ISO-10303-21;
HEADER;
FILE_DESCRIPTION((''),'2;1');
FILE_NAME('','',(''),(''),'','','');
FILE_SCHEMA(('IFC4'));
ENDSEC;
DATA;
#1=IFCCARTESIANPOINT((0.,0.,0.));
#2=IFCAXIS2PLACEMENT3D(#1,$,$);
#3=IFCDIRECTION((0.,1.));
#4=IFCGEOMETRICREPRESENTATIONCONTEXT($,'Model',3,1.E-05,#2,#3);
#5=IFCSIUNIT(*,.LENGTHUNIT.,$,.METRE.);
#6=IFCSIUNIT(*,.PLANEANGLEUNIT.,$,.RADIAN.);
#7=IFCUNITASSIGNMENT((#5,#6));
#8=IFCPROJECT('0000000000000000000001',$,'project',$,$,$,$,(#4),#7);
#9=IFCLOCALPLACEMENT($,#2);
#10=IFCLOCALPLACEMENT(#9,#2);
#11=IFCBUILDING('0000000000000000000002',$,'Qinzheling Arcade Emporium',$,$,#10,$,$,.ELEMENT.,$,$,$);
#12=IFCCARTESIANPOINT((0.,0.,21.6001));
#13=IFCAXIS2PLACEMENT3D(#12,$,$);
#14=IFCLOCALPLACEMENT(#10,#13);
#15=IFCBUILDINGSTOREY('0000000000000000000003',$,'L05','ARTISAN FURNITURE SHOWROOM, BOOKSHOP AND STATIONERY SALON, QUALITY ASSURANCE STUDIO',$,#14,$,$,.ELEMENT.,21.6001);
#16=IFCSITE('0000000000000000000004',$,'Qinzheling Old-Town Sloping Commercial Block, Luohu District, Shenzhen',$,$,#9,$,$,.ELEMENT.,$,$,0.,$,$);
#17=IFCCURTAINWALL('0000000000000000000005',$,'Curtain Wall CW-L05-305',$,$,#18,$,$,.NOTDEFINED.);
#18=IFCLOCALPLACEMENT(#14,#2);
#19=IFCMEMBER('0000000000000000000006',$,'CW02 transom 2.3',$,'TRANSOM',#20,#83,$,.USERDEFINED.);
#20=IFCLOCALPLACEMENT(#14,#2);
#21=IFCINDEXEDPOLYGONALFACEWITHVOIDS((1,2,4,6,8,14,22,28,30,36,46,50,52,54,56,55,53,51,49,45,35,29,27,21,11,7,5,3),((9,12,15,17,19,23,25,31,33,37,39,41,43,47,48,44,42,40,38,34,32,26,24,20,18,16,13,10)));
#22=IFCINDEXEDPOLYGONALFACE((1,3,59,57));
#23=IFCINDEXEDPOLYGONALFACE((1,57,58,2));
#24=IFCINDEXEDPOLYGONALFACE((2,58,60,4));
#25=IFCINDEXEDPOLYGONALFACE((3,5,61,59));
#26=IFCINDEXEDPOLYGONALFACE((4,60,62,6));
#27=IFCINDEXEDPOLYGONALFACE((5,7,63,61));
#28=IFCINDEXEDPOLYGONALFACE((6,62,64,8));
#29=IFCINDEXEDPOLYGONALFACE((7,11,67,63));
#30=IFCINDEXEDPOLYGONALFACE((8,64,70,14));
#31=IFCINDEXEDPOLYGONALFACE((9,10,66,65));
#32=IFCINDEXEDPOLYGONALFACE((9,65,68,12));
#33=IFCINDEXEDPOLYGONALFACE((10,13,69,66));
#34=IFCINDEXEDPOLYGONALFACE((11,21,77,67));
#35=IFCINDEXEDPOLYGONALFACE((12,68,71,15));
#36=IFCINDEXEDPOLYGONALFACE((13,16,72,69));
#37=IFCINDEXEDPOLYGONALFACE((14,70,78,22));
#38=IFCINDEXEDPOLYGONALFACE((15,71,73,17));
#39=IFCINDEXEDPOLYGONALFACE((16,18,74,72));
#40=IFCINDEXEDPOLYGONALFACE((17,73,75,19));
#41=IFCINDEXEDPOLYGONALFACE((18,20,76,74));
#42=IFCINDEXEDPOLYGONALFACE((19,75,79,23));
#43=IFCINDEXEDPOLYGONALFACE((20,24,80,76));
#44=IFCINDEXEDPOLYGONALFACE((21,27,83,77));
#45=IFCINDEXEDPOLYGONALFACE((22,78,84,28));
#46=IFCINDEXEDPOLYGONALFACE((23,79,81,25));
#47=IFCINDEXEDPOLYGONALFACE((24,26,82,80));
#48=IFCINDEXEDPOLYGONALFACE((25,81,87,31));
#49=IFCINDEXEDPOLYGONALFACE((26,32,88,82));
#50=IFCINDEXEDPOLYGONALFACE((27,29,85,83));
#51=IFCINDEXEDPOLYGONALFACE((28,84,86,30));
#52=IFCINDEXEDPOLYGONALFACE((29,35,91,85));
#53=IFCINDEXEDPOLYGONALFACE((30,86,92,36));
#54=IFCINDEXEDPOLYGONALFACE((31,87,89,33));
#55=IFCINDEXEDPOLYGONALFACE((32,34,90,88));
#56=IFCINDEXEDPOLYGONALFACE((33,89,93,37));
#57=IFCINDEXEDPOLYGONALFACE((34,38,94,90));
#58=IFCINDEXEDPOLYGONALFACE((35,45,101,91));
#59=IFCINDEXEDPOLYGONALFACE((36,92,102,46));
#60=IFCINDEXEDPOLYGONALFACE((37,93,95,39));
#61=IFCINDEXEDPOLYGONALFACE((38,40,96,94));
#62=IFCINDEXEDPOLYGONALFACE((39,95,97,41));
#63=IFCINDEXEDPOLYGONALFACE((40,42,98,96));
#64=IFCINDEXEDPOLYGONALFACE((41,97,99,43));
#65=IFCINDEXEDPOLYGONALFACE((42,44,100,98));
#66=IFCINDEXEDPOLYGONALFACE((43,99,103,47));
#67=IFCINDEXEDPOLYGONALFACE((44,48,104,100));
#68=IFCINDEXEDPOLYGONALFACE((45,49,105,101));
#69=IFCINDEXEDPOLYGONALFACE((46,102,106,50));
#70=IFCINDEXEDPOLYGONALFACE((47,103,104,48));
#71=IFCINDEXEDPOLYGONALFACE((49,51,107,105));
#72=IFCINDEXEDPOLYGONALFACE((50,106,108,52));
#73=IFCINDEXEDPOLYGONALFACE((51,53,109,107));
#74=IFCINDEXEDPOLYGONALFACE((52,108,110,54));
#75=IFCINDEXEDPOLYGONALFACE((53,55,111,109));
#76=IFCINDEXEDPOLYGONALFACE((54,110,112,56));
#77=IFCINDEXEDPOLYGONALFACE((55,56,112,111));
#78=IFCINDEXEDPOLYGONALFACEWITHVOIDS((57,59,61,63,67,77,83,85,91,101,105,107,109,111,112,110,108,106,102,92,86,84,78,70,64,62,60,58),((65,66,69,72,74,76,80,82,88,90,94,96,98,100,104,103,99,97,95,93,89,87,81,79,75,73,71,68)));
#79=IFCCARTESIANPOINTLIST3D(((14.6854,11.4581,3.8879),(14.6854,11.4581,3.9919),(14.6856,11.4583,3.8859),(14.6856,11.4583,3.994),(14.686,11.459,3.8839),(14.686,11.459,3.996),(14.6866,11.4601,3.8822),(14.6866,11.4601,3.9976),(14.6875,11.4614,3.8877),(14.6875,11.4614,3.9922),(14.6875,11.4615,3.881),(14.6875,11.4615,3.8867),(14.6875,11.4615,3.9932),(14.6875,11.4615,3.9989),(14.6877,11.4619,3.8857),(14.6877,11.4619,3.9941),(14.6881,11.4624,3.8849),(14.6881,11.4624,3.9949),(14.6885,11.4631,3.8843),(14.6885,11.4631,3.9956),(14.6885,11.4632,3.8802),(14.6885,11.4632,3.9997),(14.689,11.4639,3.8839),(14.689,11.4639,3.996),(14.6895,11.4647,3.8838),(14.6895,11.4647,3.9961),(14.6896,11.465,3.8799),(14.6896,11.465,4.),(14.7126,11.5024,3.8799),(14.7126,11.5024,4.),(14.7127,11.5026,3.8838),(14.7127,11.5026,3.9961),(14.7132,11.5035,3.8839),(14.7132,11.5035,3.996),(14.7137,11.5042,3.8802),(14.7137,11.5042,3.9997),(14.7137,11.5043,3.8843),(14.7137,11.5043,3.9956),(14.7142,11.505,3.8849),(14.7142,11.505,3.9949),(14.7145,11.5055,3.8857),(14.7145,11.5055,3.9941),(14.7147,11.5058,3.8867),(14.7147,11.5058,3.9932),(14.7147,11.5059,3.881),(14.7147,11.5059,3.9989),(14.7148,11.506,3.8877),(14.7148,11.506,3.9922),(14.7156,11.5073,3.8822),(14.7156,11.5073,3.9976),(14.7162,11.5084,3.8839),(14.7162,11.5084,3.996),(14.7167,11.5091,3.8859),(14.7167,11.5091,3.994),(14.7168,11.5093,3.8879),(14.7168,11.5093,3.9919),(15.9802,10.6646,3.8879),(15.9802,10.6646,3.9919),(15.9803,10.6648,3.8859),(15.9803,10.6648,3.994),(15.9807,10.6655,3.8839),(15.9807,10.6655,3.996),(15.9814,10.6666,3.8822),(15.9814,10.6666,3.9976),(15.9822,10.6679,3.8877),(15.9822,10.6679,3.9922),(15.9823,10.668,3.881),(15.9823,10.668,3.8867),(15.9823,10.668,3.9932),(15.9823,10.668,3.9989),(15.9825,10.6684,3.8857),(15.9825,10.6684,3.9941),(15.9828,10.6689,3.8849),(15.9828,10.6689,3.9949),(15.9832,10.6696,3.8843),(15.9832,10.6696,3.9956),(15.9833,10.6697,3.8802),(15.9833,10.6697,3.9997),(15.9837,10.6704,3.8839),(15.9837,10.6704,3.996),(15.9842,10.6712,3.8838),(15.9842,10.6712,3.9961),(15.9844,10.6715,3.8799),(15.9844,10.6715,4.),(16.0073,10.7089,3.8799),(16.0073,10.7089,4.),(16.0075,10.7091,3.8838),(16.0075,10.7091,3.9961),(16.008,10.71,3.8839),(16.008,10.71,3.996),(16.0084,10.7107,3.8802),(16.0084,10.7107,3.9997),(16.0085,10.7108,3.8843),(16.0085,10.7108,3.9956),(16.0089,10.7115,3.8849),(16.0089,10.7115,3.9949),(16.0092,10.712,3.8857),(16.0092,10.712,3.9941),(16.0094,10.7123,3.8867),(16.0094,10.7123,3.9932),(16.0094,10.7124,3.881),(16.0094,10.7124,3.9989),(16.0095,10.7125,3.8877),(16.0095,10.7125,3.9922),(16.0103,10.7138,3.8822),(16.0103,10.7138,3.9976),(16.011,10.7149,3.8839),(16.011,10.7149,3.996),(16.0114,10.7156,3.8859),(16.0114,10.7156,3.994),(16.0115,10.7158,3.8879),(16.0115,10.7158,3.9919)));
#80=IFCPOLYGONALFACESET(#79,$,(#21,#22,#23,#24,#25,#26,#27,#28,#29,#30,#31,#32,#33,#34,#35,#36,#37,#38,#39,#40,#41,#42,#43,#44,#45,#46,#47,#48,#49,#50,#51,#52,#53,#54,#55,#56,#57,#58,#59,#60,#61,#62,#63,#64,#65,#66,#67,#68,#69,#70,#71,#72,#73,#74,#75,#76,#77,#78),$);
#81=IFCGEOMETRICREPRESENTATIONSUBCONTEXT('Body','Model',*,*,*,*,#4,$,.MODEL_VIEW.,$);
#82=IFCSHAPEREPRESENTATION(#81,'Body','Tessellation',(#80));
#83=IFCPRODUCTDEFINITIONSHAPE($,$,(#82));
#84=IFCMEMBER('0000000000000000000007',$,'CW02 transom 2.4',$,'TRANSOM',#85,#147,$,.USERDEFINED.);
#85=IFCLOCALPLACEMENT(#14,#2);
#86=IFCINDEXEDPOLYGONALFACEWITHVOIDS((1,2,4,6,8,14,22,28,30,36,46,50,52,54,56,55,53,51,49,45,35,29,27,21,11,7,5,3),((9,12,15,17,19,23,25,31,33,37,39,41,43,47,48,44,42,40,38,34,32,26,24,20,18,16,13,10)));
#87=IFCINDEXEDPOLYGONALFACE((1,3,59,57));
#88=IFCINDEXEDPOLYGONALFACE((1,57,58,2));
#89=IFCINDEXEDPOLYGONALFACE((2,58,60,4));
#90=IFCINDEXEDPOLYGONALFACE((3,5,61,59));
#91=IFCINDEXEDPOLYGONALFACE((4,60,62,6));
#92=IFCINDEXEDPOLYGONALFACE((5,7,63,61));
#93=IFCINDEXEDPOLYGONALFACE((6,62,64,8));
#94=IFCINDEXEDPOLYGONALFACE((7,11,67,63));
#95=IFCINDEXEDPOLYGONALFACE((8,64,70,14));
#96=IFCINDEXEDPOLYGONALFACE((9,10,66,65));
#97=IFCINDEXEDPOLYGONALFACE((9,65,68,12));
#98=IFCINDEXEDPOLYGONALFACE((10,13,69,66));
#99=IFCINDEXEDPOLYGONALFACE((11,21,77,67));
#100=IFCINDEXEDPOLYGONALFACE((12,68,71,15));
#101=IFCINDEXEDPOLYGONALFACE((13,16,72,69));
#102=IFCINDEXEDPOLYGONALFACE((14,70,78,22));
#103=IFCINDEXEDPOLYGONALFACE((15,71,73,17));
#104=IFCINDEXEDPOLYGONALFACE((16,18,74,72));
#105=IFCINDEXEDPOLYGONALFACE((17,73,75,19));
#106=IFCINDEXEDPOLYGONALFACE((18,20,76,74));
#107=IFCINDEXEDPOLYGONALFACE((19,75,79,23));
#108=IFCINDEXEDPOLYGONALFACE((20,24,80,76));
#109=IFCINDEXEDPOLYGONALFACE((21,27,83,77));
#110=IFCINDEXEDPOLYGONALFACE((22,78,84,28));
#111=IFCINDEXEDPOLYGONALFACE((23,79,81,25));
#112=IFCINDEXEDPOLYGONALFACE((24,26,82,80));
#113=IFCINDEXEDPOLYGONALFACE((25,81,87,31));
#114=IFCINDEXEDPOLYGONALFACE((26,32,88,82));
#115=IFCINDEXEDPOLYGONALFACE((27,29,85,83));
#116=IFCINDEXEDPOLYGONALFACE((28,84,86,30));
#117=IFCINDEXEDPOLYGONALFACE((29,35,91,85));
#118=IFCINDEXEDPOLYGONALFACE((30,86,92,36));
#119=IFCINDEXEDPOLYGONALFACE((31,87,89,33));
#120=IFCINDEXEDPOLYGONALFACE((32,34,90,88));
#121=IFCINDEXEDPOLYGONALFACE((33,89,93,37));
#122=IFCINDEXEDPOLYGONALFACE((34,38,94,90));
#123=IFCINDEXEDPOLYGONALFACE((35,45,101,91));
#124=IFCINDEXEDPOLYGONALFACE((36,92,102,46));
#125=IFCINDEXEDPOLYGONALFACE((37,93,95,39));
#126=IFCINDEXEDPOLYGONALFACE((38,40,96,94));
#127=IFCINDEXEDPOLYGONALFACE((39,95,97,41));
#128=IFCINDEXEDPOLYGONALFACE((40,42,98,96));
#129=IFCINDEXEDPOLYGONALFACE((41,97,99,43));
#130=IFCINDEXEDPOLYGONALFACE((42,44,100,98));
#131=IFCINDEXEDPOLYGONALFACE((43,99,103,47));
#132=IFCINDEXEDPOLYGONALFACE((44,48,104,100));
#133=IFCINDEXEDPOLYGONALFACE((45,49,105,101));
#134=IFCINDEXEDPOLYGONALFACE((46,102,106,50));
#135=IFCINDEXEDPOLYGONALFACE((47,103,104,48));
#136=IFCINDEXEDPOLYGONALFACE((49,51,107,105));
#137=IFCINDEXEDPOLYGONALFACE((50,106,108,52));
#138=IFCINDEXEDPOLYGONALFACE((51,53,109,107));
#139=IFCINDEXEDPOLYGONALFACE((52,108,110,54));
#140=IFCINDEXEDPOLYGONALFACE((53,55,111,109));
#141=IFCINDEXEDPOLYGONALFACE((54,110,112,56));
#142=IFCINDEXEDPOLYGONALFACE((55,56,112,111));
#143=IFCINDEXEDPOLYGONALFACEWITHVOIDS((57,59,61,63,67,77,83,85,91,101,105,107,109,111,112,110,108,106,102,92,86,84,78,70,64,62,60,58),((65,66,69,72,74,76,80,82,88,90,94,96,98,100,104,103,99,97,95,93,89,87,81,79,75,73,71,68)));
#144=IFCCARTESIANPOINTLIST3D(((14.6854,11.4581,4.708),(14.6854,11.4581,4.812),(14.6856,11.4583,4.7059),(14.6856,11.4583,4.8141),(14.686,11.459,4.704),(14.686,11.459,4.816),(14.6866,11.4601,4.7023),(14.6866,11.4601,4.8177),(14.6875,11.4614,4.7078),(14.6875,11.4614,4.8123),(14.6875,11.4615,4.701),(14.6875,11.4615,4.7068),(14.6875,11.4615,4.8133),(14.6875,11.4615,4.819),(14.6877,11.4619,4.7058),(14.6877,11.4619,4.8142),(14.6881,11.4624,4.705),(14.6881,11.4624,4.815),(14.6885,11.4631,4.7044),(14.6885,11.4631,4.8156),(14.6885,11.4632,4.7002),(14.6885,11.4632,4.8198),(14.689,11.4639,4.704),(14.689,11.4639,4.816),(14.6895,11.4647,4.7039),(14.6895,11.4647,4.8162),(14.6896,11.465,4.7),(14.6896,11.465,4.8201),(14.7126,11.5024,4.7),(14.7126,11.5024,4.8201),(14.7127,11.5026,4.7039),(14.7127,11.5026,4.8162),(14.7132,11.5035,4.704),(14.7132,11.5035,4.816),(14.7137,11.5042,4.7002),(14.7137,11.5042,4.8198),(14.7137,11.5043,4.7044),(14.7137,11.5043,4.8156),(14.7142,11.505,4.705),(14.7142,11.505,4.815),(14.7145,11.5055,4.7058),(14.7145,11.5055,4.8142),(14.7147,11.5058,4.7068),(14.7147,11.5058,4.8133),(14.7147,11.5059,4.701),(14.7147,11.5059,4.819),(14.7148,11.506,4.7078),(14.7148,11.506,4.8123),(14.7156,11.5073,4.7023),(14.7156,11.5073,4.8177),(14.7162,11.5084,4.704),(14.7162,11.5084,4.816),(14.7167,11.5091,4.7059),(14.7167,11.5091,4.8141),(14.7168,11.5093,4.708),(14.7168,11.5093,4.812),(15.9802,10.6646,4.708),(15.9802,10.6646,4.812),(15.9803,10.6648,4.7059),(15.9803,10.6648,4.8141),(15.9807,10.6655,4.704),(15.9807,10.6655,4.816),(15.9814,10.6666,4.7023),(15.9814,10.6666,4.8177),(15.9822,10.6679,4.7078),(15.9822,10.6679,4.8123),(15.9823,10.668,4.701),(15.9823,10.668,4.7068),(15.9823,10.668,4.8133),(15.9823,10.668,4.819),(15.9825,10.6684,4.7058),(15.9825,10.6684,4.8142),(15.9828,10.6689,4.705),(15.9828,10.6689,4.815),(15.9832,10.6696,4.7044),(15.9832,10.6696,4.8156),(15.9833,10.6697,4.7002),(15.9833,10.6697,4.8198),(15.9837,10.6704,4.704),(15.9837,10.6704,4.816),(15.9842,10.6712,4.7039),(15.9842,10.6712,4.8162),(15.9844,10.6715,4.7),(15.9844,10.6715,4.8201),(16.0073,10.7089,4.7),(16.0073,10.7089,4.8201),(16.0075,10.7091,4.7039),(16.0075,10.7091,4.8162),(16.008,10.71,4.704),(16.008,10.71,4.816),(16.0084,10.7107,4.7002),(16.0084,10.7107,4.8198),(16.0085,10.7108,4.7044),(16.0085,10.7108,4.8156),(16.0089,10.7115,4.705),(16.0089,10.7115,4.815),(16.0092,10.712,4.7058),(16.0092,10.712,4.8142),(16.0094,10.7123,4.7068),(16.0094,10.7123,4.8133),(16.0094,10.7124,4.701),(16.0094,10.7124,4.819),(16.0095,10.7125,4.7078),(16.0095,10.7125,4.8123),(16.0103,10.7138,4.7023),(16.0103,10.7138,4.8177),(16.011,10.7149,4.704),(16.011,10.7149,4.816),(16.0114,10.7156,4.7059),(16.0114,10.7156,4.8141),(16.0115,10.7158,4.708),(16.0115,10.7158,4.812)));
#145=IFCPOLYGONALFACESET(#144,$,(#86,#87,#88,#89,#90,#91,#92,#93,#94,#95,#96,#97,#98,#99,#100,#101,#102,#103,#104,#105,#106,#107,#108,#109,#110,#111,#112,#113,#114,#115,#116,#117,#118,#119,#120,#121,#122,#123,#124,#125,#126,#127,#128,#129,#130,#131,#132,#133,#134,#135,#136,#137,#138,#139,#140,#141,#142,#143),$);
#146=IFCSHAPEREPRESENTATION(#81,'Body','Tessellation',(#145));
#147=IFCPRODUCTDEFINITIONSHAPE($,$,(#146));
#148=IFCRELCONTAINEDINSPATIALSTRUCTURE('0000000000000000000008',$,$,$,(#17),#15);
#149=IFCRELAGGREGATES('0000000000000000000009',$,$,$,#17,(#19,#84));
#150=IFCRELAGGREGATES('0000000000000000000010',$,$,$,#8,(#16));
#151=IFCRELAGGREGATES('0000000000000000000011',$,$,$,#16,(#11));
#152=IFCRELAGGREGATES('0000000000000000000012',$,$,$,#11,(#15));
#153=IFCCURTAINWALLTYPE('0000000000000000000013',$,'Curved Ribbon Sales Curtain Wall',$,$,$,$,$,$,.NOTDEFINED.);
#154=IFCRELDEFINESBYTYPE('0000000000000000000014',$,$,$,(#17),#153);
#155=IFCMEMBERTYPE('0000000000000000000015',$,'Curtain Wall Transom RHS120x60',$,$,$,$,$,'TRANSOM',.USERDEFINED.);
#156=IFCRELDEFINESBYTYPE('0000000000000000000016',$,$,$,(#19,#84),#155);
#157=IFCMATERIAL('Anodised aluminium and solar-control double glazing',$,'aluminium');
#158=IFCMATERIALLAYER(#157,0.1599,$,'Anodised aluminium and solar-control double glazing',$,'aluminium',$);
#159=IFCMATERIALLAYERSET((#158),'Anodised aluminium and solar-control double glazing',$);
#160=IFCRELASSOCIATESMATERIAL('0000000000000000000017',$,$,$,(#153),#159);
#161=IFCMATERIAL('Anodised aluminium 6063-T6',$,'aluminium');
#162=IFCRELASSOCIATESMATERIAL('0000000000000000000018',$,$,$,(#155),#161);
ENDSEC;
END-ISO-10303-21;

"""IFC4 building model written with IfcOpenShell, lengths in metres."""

from ifc_helpers import new_model, si_unit, direction, frame, origin, origin_2d, place, context, subcontext, project, spatial, hollow_rectangle, extrude, material, layer, layer_set, material_profile, profile_set, type_object, element, aggregate, save


model = new_model("IFC4")

# Units and contexts
model_context = context("Model", 3, precision=1e-05, world=origin(), true_north=direction((0.0, 1.0)))
body_context = subcontext(model_context, "Body", "Model", "MODEL_VIEW")
ifc_project = project(units=[si_unit("LENGTHUNIT", "METRE"), si_unit("PLANEANGLEUNIT", "RADIAN")], contexts=[model_context])

# Site, building, storey
site_placement = place(None, origin())
site = spatial("IfcSite", under=ifc_project, at=site_placement, Name="Qinzheling Old-Town Sloping Commercial Block, Luohu District, Shenzhen", CompositionType="ELEMENT", RefElevation=0.0)
building_placement = place(site_placement, origin())
building = spatial("IfcBuilding", under=site, at=building_placement, Name="Qinzheling Arcade Emporium", CompositionType="ELEMENT")
storey_placement = place(building_placement, frame((0.0, 0.0, 21.6001)))
storey = spatial("IfcBuildingStorey", under=building, at=storey_placement, Name="L05", Description="ARTISAN FURNITURE SHOWROOM, BOOKSHOP AND STATIONERY SALON, QUALITY ASSURANCE STUDIO", CompositionType="ELEMENT", Elevation=21.6001)

# Shared definitions
ifc_material_1 = material(Name="Anodised aluminium and solar-control double glazing", Category="aluminium")
ifc_layer_1 = layer(ifc_material_1, 0.1599, Name="Anodised aluminium and solar-control double glazing", Category="aluminium")
ifc_layer_set_1 = layer_set([ifc_layer_1], Name="Anodised aluminium and solar-control double glazing")
curtain_wall_type = type_object("IfcCurtainWallType", Name="Curved Ribbon Sales Curtain Wall", PredefinedType="NOTDEFINED", material=ifc_layer_set_1)
ifc_material_2 = material(Name="Anodised aluminium 6063-T6", Category="aluminium")

# Curtain wall
curtain_wall_1_placement = place(storey_placement, origin())
curtain_wall_1 = element("IfcCurtainWall", 1, at=curtain_wall_1_placement, inside=storey, type_object=curtain_wall_type, Name="Curtain Wall CW-L05-305", PredefinedType="NOTDEFINED")

# Members
ifc_material_profile_1 = material_profile(ifc_material_2, hollow_rectangle(XDim=0.0601, YDim=0.1201, WallThickness=0.0039, InnerFilletRadius=0.0039, OuterFilletRadius=0.0081, at=origin_2d()), Name="RHS 120x60x4", Category="aluminium")
ifc_profile_set_1 = profile_set([ifc_material_profile_1], Name="Anodised aluminium 6063-T6")
member_type_1 = type_object("IfcMemberType", Name="Curtain Wall Transom RHS120x60", ElementType="TRANSOM", PredefinedType="USERDEFINED", material=ifc_profile_set_1)
member_1_placement = place(storey_placement, frame((15.9958, 10.6902, 3.9399), z_axis=(-0.852617, 0.522536, 0.0), x_axis=(-0.522536, -0.852617, 0.0)))
member_1 = element("IfcMember", 2, at=member_1_placement, type_object=member_type_1, Name="CW02 transom 2.3", ObjectType="TRANSOM", PredefinedType="USERDEFINED", context=body_context, shape_type="SweptSolid", body=[
    extrude(hollow_rectangle(XDim=0.0601, YDim=0.1201, WallThickness=0.0039, InnerFilletRadius=0.0039, OuterFilletRadius=0.0081, at=origin_2d()), origin(), (0.0, 0.0, 1.0), 1.5186),
])
member_2_placement = place(storey_placement, frame((15.9958, 10.6902, 4.76), z_axis=(-0.852617, 0.522536, 0.0), x_axis=(-0.522536, -0.852617, 0.0)))
member_2 = element("IfcMember", 3, at=member_2_placement, type_object=member_type_1, Name="CW02 transom 2.4", ObjectType="TRANSOM", PredefinedType="USERDEFINED", context=body_context, shape_type="SweptSolid", body=[
    extrude(hollow_rectangle(XDim=0.0601, YDim=0.1201, WallThickness=0.0039, InnerFilletRadius=0.0039, OuterFilletRadius=0.0081, at=origin_2d()), origin(), (0.0, 0.0, 1.0), 1.5186),
])

aggregate(curtain_wall_1, [member_1, member_2])

save(model, "model.ifc")
